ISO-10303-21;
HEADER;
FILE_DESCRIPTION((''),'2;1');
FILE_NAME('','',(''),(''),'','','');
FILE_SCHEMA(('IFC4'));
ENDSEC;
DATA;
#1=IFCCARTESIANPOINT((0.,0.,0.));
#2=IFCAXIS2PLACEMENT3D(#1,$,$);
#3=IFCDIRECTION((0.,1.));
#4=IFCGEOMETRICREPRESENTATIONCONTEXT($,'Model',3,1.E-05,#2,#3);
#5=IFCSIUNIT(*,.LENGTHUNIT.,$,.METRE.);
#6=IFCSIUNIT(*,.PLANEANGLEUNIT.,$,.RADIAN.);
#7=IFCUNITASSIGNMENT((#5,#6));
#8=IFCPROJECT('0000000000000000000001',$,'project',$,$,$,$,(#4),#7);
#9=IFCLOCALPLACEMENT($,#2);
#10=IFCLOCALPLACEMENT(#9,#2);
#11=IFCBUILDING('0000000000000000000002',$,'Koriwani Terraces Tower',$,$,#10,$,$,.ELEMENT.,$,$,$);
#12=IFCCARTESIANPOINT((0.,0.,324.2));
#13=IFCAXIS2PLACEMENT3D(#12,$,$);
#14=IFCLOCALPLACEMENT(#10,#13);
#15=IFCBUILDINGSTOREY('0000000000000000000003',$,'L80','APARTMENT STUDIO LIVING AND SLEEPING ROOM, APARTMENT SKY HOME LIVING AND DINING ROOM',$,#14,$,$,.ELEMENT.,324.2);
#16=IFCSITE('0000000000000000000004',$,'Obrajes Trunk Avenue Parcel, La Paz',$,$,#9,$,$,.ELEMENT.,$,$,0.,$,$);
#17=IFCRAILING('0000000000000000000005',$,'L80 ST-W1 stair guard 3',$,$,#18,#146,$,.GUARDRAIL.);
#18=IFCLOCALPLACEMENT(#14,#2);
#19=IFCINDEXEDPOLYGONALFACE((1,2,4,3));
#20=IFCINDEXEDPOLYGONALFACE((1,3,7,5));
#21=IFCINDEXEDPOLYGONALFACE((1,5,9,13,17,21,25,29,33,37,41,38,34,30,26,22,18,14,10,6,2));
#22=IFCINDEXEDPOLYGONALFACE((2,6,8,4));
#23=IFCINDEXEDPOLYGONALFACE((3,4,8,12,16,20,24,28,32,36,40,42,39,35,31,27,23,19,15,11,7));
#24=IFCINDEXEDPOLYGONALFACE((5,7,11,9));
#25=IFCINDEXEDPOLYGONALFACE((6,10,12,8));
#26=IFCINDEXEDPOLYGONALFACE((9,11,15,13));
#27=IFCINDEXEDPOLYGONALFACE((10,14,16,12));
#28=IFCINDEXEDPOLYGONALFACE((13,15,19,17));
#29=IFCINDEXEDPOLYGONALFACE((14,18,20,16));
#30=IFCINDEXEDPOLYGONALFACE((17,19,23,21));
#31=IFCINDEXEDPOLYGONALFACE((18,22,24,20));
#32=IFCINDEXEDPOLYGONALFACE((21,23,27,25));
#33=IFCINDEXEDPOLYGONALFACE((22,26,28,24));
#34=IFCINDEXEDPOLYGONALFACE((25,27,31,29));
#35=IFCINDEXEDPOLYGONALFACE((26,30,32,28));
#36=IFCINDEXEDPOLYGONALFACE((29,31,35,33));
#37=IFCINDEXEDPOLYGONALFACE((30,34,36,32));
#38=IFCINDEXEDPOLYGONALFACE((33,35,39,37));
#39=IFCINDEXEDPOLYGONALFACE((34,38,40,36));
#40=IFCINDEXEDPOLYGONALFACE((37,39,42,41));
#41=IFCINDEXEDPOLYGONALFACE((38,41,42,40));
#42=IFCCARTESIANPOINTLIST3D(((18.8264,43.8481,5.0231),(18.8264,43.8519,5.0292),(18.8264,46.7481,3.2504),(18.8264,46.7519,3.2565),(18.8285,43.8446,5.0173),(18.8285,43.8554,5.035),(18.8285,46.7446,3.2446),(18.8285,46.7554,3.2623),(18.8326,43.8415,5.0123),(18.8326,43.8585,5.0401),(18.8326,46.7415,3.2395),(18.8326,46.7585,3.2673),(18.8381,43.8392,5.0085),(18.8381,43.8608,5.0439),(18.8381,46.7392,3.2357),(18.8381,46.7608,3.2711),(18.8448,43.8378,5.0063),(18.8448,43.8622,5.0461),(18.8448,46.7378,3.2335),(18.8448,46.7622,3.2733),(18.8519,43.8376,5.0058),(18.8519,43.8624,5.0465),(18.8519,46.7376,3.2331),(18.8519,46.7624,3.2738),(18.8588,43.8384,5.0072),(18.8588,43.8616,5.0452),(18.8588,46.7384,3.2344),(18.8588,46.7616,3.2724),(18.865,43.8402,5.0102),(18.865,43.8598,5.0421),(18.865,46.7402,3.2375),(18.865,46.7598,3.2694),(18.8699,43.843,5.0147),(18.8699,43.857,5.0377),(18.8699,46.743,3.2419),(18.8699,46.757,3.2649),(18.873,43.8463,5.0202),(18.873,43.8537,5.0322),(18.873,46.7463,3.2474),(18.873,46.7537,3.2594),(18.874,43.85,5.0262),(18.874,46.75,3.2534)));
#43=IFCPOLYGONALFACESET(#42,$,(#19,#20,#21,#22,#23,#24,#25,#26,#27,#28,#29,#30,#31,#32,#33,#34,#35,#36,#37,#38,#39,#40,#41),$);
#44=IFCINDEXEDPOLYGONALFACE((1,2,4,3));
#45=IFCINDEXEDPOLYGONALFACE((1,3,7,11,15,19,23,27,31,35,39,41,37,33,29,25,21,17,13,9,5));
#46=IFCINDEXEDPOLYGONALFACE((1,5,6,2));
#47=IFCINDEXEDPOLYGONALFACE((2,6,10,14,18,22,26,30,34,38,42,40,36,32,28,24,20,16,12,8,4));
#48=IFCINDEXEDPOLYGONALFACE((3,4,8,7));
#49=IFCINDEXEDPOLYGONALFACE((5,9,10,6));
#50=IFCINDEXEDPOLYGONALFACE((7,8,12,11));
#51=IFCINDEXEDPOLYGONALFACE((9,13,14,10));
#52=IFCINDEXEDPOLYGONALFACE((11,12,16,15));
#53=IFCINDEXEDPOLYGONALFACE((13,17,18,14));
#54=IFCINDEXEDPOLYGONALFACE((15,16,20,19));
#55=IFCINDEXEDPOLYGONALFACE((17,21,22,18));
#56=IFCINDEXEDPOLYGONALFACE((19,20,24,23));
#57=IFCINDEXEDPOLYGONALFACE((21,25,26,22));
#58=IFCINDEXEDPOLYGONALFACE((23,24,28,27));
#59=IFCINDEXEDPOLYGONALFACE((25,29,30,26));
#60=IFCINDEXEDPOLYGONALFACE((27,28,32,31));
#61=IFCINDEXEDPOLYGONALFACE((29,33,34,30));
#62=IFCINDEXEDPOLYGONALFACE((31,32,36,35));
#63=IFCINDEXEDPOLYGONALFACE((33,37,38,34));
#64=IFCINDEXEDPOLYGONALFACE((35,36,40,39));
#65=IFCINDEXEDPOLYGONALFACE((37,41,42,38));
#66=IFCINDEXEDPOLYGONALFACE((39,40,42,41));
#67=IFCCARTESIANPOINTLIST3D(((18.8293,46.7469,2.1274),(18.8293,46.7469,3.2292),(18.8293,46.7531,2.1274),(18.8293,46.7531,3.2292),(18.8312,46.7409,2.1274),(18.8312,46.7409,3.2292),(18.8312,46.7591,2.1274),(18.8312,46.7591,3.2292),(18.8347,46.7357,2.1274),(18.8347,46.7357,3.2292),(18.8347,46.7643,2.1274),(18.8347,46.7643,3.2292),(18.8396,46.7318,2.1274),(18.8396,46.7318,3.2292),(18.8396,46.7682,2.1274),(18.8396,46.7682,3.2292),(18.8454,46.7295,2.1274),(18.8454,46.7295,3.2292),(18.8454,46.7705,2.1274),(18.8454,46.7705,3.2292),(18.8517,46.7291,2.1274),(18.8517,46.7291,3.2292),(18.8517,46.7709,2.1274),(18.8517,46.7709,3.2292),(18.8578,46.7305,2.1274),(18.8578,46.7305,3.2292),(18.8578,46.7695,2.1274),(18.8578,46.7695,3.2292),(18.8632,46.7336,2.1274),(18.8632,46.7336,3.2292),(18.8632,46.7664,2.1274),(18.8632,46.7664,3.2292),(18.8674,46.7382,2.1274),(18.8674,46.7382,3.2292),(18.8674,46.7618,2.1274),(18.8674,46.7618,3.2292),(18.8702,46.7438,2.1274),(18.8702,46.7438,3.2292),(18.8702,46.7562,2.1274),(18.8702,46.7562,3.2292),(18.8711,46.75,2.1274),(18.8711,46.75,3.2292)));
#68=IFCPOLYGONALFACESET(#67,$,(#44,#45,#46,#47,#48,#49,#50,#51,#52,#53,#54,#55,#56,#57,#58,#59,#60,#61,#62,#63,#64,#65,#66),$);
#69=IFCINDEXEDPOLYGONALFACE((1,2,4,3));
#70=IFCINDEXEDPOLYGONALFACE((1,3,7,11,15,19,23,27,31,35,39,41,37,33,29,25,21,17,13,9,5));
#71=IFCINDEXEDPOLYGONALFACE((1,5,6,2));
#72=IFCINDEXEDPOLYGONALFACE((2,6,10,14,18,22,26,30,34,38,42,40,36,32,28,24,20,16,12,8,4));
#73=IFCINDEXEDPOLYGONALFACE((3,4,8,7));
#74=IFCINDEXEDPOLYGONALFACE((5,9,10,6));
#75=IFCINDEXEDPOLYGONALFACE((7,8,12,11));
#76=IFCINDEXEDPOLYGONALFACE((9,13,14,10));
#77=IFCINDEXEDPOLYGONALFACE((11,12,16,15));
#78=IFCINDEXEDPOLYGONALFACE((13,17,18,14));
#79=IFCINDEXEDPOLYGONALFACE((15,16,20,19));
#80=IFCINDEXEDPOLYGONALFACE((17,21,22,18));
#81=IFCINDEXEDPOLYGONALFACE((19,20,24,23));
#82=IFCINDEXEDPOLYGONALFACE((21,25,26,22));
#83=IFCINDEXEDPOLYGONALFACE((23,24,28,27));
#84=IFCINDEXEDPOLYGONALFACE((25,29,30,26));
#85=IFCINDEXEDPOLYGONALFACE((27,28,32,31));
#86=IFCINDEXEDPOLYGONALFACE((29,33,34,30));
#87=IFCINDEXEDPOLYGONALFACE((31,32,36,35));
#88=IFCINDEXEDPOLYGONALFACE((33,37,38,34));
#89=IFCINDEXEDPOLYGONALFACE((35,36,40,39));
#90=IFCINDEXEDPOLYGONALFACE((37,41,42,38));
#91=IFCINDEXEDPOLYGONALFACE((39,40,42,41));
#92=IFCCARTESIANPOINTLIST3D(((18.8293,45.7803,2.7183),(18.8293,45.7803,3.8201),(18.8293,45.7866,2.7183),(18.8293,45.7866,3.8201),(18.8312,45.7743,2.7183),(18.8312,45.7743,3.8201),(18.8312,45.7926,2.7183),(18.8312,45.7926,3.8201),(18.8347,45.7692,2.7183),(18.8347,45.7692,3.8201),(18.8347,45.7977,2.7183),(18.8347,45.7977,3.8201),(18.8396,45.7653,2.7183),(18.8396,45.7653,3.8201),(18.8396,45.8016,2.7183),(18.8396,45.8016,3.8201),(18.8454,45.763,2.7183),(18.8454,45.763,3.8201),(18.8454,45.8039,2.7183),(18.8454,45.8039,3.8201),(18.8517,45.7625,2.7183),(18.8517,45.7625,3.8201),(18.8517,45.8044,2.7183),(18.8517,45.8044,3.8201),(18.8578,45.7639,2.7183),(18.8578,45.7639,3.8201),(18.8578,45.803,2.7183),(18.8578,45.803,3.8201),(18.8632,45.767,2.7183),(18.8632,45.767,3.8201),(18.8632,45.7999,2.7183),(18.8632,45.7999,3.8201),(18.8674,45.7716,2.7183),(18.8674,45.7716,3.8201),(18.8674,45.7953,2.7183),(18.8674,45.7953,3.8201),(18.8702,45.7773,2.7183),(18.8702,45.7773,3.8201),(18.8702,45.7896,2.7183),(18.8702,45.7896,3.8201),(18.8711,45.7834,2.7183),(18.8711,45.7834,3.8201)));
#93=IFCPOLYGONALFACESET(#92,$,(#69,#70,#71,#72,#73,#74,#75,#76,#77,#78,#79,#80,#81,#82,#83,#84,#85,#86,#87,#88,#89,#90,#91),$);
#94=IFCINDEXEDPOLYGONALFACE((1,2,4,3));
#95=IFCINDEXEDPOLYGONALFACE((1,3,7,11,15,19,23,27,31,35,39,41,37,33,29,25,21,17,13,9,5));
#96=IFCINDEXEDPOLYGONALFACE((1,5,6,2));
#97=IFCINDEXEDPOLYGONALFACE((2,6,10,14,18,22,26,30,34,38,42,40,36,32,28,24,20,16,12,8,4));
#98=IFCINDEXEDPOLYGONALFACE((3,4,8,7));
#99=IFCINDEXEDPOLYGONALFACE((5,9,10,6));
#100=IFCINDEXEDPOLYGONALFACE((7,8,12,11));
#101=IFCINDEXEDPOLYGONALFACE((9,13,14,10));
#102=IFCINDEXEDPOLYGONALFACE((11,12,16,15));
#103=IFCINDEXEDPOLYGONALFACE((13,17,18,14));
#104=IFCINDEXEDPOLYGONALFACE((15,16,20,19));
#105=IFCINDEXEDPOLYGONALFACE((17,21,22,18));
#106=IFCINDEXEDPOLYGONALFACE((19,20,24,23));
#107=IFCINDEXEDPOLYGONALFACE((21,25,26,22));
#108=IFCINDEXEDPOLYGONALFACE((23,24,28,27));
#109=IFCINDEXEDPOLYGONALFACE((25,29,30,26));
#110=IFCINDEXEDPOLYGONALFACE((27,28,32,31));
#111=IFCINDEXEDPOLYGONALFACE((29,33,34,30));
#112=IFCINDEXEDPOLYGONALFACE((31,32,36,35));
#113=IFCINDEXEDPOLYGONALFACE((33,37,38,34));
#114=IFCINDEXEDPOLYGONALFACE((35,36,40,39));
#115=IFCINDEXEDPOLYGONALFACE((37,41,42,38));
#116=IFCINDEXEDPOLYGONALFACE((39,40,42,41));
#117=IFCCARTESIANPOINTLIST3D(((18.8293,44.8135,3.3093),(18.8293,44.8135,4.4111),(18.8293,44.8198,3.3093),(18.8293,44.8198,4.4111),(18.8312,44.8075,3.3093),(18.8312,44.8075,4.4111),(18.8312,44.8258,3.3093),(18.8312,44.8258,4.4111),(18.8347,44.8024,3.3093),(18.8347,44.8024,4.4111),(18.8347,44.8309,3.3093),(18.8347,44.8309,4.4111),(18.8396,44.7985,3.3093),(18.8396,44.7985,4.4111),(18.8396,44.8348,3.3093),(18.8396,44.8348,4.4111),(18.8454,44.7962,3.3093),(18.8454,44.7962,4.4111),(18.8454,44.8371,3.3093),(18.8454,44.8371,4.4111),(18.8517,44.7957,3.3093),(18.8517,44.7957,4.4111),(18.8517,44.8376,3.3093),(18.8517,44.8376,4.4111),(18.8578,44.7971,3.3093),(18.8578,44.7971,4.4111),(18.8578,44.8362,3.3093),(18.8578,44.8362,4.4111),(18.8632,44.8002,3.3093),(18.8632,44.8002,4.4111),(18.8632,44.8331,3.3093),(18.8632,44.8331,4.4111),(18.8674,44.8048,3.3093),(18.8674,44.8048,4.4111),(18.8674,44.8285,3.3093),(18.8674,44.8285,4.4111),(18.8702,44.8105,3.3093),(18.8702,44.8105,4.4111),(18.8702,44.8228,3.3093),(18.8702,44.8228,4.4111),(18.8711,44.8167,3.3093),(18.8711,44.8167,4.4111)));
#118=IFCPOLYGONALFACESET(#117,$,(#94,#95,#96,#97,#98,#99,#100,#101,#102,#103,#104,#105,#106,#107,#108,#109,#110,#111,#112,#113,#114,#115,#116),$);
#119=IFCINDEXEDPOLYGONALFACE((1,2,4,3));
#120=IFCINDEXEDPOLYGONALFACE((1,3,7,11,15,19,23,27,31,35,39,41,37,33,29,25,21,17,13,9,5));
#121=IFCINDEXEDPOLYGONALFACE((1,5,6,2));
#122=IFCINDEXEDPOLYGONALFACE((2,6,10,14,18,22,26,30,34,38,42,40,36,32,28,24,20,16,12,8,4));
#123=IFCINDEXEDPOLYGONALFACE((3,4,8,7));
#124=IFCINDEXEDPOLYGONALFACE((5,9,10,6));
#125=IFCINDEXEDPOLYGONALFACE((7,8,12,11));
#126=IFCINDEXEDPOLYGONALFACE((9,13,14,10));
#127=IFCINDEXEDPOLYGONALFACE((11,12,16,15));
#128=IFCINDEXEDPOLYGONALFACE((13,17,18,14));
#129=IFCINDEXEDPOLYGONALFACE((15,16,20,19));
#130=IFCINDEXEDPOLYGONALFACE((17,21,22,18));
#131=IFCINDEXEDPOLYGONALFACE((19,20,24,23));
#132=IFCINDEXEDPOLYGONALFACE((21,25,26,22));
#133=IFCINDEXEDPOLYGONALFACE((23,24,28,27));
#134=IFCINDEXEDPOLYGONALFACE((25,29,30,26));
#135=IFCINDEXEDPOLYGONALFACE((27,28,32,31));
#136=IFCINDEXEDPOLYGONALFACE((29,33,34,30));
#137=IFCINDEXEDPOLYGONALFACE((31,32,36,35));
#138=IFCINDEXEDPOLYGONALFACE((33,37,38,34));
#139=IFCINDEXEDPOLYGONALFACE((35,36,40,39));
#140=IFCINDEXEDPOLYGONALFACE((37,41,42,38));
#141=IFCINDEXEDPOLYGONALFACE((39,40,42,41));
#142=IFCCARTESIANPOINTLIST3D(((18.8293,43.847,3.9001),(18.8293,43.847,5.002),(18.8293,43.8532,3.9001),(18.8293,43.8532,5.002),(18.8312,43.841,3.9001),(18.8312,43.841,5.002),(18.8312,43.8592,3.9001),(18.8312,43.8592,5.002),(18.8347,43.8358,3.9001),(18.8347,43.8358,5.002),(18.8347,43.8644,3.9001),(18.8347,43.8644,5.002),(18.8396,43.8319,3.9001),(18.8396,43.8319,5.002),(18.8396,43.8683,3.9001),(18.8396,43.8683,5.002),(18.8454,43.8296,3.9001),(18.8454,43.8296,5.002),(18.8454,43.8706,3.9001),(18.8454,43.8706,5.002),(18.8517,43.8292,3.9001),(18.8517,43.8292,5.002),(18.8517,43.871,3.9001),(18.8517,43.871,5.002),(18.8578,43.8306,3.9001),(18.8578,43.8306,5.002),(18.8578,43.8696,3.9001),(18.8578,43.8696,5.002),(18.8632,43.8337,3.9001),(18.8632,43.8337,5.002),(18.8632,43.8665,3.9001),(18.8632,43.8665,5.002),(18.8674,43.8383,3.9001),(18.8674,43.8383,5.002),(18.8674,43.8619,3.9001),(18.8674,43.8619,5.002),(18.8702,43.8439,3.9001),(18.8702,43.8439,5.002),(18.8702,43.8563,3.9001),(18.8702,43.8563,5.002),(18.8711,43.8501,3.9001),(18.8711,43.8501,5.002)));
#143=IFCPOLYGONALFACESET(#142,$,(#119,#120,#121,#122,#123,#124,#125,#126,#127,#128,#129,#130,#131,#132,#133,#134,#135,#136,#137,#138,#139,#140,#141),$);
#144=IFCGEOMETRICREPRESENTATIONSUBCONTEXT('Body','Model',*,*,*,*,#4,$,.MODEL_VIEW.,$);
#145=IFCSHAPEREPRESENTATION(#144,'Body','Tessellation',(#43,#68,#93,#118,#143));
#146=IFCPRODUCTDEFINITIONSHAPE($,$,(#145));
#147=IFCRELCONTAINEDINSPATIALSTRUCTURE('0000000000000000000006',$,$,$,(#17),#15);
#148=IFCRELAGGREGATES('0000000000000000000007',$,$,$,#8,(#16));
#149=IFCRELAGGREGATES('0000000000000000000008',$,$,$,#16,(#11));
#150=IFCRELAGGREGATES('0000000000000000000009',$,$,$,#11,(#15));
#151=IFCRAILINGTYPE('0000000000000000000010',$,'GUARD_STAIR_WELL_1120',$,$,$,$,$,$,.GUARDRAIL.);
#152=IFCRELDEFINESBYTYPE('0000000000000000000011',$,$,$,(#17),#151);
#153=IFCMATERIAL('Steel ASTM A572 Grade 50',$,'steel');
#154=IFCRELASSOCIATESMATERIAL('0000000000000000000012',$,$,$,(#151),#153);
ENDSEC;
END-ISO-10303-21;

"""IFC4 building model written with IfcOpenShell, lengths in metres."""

from ifc_helpers import new_model, si_unit, direction, frame, origin, origin_2d, place, context, subcontext, project, spatial, circle, extrude, material, type_object, element, save


model = new_model("IFC4")

# Units and contexts
model_context = context("Model", 3, precision=1e-05, world=origin(), true_north=direction((0.0, 1.0)))
body_context = subcontext(model_context, "Body", "Model", "MODEL_VIEW")
ifc_project = project(units=[si_unit("LENGTHUNIT", "METRE"), si_unit("PLANEANGLEUNIT", "RADIAN")], contexts=[model_context])

# Site, building, storey
site_placement = place(None, origin())
site = spatial("IfcSite", under=ifc_project, at=site_placement, Name="Obrajes Trunk Avenue Parcel, La Paz", CompositionType="ELEMENT", RefElevation=0.0)
building_placement = place(site_placement, origin())
building = spatial("IfcBuilding", under=site, at=building_placement, Name="Koriwani Terraces Tower", CompositionType="ELEMENT")
storey_placement = place(building_placement, frame((0.0, 0.0, 324.2)))
storey = spatial("IfcBuildingStorey", under=building, at=storey_placement, Name="L80", Description="APARTMENT STUDIO LIVING AND SLEEPING ROOM, APARTMENT SKY HOME LIVING AND DINING ROOM", CompositionType="ELEMENT", Elevation=324.2)

# Shared definitions
ifc_material_1 = material(Name="Steel ASTM A572 Grade 50", Category="steel")

# Railing
railing_type_1 = type_object("IfcRailingType", Name="GUARD_STAIR_WELL_1120", PredefinedType="GUARDRAIL", material=ifc_material_1)
railing_1_placement = place(storey_placement, frame((18.8501, 46.75, 2.1274)))
element("IfcRailing", 1, at=railing_1_placement, inside=storey, type_object=railing_type_1, Name="L80 ST-W1 stair guard 3", PredefinedType="GUARDRAIL", context=body_context, shape_type="SweptSolid", body=[
    extrude(circle(Radius=0.0239, at=origin_2d()), frame((0.0, 0.0, 1.126), z_axis=(0.0, -0.853211, 0.521566), x_axis=(1.0, 0.0, 0.0)), (0.0, 0.0, 1.0), 3.3989),
    extrude(circle(Radius=0.021, at=origin_2d()), origin(), (0.0, 0.0, 1.0), 1.1018),
    extrude(circle(Radius=0.021, at=origin_2d()), frame((0.0, -0.9666, 0.5908)), (0.0, 0.0, 1.0), 1.1018),
    extrude(circle(Radius=0.021, at=origin_2d()), frame((0.0, -1.9333, 1.1819)), (0.0, 0.0, 1.0), 1.1018),
    extrude(circle(Radius=0.021, at=origin_2d()), frame((0.0, -2.8999, 1.7727)), (0.0, 0.0, 1.0), 1.1018),
])

save(model, "model.ifc")
